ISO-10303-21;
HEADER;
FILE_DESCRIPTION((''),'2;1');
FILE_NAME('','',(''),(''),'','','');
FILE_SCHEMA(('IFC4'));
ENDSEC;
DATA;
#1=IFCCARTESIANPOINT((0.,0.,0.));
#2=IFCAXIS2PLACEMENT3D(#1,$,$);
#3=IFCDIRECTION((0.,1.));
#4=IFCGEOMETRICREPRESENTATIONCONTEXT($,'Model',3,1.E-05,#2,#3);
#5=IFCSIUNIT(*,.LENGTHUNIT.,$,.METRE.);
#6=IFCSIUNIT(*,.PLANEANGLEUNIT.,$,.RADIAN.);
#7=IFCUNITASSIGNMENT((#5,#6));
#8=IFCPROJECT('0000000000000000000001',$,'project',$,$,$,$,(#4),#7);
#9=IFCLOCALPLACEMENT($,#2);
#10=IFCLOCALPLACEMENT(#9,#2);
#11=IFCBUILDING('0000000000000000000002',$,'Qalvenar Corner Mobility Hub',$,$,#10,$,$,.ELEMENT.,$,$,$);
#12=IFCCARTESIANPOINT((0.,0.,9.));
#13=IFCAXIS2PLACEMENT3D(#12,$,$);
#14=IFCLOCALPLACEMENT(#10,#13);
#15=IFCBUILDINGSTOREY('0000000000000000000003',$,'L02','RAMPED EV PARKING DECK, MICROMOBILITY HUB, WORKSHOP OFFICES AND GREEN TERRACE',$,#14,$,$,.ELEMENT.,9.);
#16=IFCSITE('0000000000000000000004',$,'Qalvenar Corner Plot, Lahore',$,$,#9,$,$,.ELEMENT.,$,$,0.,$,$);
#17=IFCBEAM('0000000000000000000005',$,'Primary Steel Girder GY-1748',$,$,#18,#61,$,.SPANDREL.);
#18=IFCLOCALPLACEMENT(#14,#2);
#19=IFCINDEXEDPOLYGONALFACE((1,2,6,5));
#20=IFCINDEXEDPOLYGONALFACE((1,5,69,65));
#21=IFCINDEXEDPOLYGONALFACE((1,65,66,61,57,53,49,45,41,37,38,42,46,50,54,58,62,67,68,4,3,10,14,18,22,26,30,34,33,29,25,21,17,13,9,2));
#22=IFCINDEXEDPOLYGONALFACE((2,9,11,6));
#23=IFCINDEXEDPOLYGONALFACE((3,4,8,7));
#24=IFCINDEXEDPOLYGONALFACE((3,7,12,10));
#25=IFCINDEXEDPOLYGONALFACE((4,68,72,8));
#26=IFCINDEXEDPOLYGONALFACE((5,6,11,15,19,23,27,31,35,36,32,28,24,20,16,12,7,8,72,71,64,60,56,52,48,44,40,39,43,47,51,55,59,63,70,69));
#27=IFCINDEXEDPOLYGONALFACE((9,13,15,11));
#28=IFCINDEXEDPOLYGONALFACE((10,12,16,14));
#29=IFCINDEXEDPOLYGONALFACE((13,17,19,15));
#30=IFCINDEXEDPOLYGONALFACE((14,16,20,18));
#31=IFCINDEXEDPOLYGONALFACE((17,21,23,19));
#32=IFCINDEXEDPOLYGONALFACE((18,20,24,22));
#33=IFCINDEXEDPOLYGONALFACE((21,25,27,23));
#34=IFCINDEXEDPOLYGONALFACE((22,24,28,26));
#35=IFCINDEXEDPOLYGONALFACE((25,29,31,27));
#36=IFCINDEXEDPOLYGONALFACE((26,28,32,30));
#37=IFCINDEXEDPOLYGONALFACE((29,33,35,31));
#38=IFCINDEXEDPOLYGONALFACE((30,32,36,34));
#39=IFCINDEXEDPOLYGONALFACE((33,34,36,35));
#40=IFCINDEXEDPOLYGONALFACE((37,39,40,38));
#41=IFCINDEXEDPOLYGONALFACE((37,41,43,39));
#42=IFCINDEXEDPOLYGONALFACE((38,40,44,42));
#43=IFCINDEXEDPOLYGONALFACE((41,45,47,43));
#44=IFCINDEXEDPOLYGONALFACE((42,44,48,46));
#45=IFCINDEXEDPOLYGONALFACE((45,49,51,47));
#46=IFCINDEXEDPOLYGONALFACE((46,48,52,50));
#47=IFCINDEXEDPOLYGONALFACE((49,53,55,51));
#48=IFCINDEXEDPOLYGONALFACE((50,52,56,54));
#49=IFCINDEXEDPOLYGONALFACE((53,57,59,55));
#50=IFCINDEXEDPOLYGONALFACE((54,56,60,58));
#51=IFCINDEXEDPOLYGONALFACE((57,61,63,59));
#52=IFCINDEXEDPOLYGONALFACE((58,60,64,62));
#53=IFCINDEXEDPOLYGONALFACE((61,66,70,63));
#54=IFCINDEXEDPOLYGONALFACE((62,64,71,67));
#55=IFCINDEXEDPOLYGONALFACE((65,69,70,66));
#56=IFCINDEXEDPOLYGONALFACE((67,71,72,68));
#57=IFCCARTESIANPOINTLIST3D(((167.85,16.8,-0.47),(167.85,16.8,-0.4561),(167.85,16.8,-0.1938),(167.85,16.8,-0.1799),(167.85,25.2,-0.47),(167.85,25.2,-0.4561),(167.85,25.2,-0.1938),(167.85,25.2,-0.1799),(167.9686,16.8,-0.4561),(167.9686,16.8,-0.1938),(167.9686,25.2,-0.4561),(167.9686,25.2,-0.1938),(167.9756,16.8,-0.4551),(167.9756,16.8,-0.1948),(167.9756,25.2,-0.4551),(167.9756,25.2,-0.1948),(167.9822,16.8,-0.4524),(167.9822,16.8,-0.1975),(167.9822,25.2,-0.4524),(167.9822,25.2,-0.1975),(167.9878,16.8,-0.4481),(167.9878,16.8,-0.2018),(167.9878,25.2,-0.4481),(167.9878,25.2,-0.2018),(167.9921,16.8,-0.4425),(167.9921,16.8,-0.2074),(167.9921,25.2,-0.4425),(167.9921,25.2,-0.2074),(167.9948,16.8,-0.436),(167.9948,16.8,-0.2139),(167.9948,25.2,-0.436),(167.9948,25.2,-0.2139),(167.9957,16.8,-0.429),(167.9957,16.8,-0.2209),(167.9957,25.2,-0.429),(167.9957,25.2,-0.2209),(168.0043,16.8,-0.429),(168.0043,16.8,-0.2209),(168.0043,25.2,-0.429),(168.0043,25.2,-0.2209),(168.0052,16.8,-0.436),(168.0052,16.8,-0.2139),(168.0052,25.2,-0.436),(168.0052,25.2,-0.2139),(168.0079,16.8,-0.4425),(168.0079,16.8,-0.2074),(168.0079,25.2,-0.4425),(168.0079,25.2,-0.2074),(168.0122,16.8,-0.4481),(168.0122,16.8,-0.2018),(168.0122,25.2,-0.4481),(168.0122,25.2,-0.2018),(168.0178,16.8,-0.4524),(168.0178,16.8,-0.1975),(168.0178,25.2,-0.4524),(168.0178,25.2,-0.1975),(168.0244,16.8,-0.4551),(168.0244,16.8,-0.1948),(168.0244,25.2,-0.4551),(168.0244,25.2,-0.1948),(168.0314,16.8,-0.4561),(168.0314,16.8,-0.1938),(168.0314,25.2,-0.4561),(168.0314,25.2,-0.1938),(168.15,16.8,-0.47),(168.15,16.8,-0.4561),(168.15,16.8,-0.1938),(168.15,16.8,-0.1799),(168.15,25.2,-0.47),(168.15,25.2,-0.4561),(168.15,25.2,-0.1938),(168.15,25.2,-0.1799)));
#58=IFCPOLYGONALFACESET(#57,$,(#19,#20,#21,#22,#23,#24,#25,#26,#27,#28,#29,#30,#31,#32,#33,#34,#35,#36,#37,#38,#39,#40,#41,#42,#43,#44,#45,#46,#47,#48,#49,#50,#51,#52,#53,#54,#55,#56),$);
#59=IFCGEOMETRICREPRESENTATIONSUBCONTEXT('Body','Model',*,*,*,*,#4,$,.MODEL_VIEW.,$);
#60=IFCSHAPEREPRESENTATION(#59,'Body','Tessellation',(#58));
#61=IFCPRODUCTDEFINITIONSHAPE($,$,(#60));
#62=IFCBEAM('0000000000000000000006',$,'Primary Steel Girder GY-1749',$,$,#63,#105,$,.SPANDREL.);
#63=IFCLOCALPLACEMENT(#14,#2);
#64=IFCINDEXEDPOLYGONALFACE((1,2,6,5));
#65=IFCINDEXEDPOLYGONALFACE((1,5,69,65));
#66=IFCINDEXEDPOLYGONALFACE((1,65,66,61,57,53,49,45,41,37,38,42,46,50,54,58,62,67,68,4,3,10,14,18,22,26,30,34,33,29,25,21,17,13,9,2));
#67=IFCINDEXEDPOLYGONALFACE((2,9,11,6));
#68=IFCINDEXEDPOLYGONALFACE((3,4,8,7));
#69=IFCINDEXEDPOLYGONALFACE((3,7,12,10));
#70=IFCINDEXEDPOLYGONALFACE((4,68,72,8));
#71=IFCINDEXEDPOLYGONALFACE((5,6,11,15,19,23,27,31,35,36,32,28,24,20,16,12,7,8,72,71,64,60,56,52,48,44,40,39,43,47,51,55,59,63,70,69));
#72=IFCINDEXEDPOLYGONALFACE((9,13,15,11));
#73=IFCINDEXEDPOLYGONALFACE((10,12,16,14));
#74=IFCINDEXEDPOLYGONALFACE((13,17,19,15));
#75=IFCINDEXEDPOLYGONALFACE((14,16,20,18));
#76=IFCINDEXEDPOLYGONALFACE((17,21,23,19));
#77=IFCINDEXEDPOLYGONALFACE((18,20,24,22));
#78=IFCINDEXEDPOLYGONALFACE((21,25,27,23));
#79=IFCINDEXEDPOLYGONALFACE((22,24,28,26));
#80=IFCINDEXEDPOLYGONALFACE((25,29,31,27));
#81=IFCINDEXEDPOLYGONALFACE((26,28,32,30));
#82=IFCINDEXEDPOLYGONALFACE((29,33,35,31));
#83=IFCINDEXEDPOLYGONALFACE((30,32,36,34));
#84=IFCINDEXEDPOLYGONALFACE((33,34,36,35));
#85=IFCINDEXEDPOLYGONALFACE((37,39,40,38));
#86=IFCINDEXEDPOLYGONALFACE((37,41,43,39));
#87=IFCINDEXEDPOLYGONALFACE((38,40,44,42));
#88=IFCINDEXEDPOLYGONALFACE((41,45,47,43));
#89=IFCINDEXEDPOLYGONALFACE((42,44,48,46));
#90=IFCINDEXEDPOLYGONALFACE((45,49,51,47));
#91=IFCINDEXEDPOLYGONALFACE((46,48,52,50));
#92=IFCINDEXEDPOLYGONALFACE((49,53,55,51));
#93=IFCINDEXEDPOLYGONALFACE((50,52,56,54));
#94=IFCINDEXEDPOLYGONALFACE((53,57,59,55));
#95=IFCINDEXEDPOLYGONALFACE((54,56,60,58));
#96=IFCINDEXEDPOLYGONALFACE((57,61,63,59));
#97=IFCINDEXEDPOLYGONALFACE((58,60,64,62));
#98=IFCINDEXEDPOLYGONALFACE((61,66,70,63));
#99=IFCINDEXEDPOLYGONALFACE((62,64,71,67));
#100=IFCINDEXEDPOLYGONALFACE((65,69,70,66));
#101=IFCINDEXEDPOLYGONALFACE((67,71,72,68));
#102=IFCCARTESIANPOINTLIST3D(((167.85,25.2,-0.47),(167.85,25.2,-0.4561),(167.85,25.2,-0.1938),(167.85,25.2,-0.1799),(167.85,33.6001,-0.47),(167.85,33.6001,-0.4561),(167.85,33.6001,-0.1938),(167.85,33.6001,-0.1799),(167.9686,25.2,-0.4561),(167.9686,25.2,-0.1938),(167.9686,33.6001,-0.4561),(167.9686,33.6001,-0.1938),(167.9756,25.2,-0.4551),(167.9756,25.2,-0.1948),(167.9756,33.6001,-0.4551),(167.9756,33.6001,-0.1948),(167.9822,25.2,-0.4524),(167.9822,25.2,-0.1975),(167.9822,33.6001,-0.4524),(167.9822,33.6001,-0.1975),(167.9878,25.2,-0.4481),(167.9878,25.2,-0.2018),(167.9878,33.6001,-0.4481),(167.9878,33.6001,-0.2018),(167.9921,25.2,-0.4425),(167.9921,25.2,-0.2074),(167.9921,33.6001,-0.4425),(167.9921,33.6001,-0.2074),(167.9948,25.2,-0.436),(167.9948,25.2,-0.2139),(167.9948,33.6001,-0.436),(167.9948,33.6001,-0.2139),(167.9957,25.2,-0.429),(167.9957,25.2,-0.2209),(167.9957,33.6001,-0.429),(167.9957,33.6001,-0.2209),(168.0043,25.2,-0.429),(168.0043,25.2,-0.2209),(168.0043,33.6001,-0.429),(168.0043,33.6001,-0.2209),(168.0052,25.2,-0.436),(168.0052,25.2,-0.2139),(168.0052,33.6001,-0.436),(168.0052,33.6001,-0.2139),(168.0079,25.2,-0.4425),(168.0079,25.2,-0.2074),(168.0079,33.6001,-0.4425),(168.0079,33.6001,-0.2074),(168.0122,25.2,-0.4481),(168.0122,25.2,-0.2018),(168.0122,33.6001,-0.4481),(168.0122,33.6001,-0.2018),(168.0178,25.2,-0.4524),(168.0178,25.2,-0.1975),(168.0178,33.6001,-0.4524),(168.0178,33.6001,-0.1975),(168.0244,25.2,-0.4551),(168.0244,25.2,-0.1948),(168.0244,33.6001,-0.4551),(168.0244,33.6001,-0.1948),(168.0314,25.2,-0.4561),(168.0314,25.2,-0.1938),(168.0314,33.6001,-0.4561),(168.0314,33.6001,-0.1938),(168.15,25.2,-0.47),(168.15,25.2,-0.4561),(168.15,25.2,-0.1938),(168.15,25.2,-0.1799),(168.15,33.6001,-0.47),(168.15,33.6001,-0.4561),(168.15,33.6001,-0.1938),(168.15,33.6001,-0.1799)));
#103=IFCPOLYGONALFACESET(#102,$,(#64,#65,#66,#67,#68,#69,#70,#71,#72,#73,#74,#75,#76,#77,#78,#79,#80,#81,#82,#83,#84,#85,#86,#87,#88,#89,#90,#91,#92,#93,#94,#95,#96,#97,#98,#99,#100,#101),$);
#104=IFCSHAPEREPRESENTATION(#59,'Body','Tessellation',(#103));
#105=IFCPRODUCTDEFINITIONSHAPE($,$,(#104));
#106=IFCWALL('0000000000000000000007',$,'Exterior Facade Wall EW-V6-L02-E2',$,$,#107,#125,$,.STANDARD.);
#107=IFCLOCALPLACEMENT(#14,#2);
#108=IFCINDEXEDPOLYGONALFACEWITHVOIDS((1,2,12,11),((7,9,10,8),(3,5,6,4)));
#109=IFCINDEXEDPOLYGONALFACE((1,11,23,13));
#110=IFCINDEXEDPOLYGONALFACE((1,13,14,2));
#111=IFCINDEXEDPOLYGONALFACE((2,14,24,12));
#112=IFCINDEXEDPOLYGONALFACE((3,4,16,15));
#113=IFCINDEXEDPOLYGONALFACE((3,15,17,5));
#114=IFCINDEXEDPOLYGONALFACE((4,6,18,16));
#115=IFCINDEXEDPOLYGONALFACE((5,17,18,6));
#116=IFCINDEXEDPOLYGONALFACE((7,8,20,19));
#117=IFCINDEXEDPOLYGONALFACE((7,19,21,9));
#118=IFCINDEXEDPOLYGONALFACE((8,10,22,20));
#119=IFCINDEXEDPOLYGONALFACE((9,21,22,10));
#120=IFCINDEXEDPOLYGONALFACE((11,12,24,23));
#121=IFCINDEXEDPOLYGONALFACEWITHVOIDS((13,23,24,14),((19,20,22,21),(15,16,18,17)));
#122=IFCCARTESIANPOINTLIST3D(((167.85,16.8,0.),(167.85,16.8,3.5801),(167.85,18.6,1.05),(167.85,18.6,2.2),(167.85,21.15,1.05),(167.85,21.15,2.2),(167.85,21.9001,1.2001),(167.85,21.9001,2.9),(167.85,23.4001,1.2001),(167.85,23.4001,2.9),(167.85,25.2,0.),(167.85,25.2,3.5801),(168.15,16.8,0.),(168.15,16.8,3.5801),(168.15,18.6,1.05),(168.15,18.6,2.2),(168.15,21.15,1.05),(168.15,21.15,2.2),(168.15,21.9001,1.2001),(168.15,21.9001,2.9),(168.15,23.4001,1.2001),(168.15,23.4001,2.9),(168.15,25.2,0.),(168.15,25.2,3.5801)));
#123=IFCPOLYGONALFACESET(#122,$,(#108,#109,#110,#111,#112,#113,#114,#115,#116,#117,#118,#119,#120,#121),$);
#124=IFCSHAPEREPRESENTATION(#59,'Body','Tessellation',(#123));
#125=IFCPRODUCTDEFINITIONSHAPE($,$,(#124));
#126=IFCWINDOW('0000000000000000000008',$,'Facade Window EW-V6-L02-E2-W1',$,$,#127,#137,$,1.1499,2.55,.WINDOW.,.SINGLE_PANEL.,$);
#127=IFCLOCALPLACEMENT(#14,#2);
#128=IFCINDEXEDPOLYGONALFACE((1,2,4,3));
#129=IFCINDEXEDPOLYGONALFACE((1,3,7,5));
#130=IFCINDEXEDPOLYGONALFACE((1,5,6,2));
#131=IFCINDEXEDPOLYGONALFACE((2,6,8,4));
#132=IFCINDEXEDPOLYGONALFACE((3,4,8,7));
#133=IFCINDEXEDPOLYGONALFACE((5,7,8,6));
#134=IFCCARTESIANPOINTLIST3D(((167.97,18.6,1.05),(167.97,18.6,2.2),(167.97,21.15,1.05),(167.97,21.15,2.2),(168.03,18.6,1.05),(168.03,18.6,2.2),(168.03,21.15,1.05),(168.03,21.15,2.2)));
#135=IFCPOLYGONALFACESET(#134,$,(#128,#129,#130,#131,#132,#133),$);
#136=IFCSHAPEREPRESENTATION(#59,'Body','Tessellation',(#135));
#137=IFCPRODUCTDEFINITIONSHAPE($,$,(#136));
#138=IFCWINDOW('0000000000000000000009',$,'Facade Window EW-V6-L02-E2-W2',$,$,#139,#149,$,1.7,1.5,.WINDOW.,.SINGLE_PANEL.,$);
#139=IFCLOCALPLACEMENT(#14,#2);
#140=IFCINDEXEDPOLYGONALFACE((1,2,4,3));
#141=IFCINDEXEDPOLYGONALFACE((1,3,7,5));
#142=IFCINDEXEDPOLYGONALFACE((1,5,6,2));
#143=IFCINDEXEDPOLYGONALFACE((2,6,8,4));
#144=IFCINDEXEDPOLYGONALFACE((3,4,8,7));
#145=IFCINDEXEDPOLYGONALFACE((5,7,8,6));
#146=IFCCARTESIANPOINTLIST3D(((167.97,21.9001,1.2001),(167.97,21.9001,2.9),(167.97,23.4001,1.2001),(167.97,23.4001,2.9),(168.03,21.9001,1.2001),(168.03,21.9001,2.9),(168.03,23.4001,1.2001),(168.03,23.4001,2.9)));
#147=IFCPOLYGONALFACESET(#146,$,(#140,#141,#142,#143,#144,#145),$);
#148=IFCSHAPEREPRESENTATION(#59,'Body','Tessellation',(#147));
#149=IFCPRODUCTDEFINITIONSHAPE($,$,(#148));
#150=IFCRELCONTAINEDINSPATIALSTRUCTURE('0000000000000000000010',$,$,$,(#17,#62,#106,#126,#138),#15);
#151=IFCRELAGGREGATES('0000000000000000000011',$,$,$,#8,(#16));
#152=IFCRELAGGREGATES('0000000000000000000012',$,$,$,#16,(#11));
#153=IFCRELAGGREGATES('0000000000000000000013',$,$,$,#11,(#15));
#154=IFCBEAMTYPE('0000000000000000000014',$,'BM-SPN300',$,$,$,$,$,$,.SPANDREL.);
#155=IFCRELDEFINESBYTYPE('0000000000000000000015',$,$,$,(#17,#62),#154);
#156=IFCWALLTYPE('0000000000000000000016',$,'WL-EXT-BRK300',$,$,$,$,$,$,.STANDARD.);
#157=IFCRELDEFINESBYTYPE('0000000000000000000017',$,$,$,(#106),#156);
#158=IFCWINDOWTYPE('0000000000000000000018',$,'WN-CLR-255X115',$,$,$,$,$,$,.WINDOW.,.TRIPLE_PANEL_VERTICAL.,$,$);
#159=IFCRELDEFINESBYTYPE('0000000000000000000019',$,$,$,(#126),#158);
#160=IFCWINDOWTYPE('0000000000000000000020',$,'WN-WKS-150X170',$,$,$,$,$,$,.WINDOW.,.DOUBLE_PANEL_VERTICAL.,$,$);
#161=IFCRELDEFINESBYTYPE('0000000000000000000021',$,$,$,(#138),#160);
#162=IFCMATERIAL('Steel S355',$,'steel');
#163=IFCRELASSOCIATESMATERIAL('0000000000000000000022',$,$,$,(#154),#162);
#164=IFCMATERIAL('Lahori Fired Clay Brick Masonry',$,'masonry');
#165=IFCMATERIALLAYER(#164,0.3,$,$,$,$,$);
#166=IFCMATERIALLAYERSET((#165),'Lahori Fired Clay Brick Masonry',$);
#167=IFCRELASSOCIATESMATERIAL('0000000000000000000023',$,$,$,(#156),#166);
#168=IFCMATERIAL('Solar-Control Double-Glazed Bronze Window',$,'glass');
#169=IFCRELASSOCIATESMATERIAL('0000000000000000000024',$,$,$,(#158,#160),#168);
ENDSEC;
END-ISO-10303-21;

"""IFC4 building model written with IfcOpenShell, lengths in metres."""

from ifc_helpers import new_model, si_unit, direction, frame, frame_2d, origin, origin_2d, place, context, subcontext, project, spatial, rectangle, i_section, extrude, material, layer, layer_set, material_profile, profile_set, type_object, element, fill, save


model = new_model("IFC4")

# Units and contexts
model_context = context("Model", 3, precision=1e-05, world=origin(), true_north=direction((0.0, 1.0)))
body_context = subcontext(model_context, "Body", "Model", "MODEL_VIEW")
ifc_project = project(units=[si_unit("LENGTHUNIT", "METRE"), si_unit("PLANEANGLEUNIT", "RADIAN")], contexts=[model_context])

# Site, building, storey
site_placement = place(None, origin())
site = spatial("IfcSite", under=ifc_project, at=site_placement, Name="Qalvenar Corner Plot, Lahore", CompositionType="ELEMENT", RefElevation=0.0)
building_placement = place(site_placement, origin())
building = spatial("IfcBuilding", under=site, at=building_placement, Name="Qalvenar Corner Mobility Hub", CompositionType="ELEMENT")
storey_placement = place(building_placement, frame((0.0, 0.0, 9.0)))
storey = spatial("IfcBuildingStorey", under=building, at=storey_placement, Name="L02", Description="RAMPED EV PARKING DECK, MICROMOBILITY HUB, WORKSHOP OFFICES AND GREEN TERRACE", CompositionType="ELEMENT", Elevation=9.0)

# Shared definitions
ifc_material_1 = material(Name="Steel S355", Category="steel")

# Beams
ifc_material_profile_1 = material_profile(ifc_material_1, i_section(OverallWidth=0.3, OverallDepth=0.29, WebThickness=0.0085, FlangeThickness=0.0139, FilletRadius=0.0271, at=origin_2d()), Name="HEA300")
ifc_profile_set_1 = profile_set([ifc_material_profile_1], Name="Steel S355")
beam_type_1 = type_object("IfcBeamType", Name="BM-SPN300", PredefinedType="SPANDREL", material=ifc_profile_set_1)
beam_1_placement = place(storey_placement, frame((168.0, 16.8, -0.325), z_axis=(0.0, 1.0, 0.0), x_axis=(-1.0, 0.0, 0.0)))
element("IfcBeam", 1, at=beam_1_placement, inside=storey, type_object=beam_type_1, Name="Primary Steel Girder GY-1748", PredefinedType="SPANDREL", context=body_context, shape_type="SweptSolid", body=[
    extrude(i_section(OverallWidth=0.3, OverallDepth=0.29, WebThickness=0.0085, FlangeThickness=0.0139, FilletRadius=0.0271, at=origin_2d()), origin(), (0.0, 0.0, 1.0), 8.3999),
])
beam_2_placement = place(storey_placement, frame((168.0, 25.2, -0.325), z_axis=(0.0, 1.0, 0.0), x_axis=(-1.0, 0.0, 0.0)))
element("IfcBeam", 2, at=beam_2_placement, inside=storey, type_object=beam_type_1, Name="Primary Steel Girder GY-1749", PredefinedType="SPANDREL", context=body_context, shape_type="SweptSolid", body=[
    extrude(i_section(OverallWidth=0.3, OverallDepth=0.29, WebThickness=0.0085, FlangeThickness=0.0139, FilletRadius=0.0271, at=origin_2d()), origin(), (0.0, 0.0, 1.0), 8.4001),
])

# Wall, openings, windows
ifc_material_2 = material(Name="Lahori Fired Clay Brick Masonry", Category="masonry")
ifc_layer = layer(ifc_material_2, 0.3)
ifc_layer_set = layer_set([ifc_layer], Name="Lahori Fired Clay Brick Masonry")
wall_type = type_object("IfcWallType", Name="WL-EXT-BRK300", PredefinedType="STANDARD", material=ifc_layer_set)
wall_1_placement = place(storey_placement, frame((168.0, 16.8, 0.0), z_axis=(0.0, 0.0, 1.0), x_axis=(0.0, 1.0, 0.0)))
wall_1 = element("IfcWall", 3, at=wall_1_placement, inside=storey, type_object=wall_type, Name="Exterior Facade Wall EW-V6-L02-E2", PredefinedType="STANDARD", context=body_context, shape_type="SweptSolid", body=[
    extrude(rectangle(XDim=8.3999, YDim=0.3, at=frame_2d((4.2, 0.0))), origin(), (0.0, 0.0, 1.0), 3.5801),
])
opening_1_placement = place(wall_1_placement, frame((1.8, 0.0, 1.05)))
opening_1 = element("IfcOpeningElement", 4, at=opening_1_placement, cuts=wall_1, PredefinedType="OPENING", context=body_context, shape_type="SweptSolid", body=[
    extrude(rectangle(XDim=2.55, YDim=1.1499, at=frame_2d((1.2749, 0.575))), frame((0.0, 0.1602, 0.0), z_axis=(0.0, -1.0, 0.0), x_axis=(1.0, 0.0, 0.0)), (0.0, 0.0, 1.0), 0.3201),
])
opening_2_placement = place(wall_1_placement, frame((5.1001, 0.0, 1.2)))
opening_2 = element("IfcOpeningElement", 5, at=opening_2_placement, cuts=wall_1, PredefinedType="OPENING", context=body_context, shape_type="SweptSolid", body=[
    extrude(rectangle(XDim=1.5, YDim=1.7, at=frame_2d((0.75, 0.8501))), frame((0.0, 0.1602, 0.0), z_axis=(0.0, -1.0, 0.0), x_axis=(1.0, 0.0, 0.0)), (0.0, 0.0, 1.0), 0.3201),
])
ifc_material_3 = material(Name="Solar-Control Double-Glazed Bronze Window", Category="glass")
window_type_1 = type_object("IfcWindowType", Name="WN-CLR-255X115", PartitioningType="TRIPLE_PANEL_VERTICAL", PredefinedType="WINDOW", material=ifc_material_3)
window_1_placement = place(opening_1_placement, origin())
window_1 = element("IfcWindow", 6, at=window_1_placement, inside=storey, type_object=window_type_1, Name="Facade Window EW-V6-L02-E2-W1", OverallHeight=1.1499, OverallWidth=2.55, PartitioningType="SINGLE_PANEL", PredefinedType="WINDOW", context=body_context, shape_type="SweptSolid", body=[
    extrude(rectangle(XDim=2.55, YDim=1.1499, at=frame_2d((1.2749, 0.575))), frame((0.0, 0.03, 0.0), z_axis=(0.0, -1.0, 0.0), x_axis=(1.0, 0.0, 0.0)), (0.0, 0.0, 1.0), 0.0601),
])
fill(opening_1, window_1)
window_type_2 = type_object("IfcWindowType", Name="WN-WKS-150X170", PartitioningType="DOUBLE_PANEL_VERTICAL", PredefinedType="WINDOW", material=ifc_material_3)
window_2_placement = place(opening_2_placement, origin())
window_2 = element("IfcWindow", 7, at=window_2_placement, inside=storey, type_object=window_type_2, Name="Facade Window EW-V6-L02-E2-W2", OverallHeight=1.7, OverallWidth=1.5, PartitioningType="SINGLE_PANEL", PredefinedType="WINDOW", context=body_context, shape_type="SweptSolid", body=[
    extrude(rectangle(XDim=1.5, YDim=1.7, at=frame_2d((0.75, 0.8501))), frame((0.0, 0.03, 0.0), z_axis=(0.0, -1.0, 0.0), x_axis=(1.0, 0.0, 0.0)), (0.0, 0.0, 1.0), 0.0601),
])
fill(opening_2, window_2)

save(model, "model.ifc")
